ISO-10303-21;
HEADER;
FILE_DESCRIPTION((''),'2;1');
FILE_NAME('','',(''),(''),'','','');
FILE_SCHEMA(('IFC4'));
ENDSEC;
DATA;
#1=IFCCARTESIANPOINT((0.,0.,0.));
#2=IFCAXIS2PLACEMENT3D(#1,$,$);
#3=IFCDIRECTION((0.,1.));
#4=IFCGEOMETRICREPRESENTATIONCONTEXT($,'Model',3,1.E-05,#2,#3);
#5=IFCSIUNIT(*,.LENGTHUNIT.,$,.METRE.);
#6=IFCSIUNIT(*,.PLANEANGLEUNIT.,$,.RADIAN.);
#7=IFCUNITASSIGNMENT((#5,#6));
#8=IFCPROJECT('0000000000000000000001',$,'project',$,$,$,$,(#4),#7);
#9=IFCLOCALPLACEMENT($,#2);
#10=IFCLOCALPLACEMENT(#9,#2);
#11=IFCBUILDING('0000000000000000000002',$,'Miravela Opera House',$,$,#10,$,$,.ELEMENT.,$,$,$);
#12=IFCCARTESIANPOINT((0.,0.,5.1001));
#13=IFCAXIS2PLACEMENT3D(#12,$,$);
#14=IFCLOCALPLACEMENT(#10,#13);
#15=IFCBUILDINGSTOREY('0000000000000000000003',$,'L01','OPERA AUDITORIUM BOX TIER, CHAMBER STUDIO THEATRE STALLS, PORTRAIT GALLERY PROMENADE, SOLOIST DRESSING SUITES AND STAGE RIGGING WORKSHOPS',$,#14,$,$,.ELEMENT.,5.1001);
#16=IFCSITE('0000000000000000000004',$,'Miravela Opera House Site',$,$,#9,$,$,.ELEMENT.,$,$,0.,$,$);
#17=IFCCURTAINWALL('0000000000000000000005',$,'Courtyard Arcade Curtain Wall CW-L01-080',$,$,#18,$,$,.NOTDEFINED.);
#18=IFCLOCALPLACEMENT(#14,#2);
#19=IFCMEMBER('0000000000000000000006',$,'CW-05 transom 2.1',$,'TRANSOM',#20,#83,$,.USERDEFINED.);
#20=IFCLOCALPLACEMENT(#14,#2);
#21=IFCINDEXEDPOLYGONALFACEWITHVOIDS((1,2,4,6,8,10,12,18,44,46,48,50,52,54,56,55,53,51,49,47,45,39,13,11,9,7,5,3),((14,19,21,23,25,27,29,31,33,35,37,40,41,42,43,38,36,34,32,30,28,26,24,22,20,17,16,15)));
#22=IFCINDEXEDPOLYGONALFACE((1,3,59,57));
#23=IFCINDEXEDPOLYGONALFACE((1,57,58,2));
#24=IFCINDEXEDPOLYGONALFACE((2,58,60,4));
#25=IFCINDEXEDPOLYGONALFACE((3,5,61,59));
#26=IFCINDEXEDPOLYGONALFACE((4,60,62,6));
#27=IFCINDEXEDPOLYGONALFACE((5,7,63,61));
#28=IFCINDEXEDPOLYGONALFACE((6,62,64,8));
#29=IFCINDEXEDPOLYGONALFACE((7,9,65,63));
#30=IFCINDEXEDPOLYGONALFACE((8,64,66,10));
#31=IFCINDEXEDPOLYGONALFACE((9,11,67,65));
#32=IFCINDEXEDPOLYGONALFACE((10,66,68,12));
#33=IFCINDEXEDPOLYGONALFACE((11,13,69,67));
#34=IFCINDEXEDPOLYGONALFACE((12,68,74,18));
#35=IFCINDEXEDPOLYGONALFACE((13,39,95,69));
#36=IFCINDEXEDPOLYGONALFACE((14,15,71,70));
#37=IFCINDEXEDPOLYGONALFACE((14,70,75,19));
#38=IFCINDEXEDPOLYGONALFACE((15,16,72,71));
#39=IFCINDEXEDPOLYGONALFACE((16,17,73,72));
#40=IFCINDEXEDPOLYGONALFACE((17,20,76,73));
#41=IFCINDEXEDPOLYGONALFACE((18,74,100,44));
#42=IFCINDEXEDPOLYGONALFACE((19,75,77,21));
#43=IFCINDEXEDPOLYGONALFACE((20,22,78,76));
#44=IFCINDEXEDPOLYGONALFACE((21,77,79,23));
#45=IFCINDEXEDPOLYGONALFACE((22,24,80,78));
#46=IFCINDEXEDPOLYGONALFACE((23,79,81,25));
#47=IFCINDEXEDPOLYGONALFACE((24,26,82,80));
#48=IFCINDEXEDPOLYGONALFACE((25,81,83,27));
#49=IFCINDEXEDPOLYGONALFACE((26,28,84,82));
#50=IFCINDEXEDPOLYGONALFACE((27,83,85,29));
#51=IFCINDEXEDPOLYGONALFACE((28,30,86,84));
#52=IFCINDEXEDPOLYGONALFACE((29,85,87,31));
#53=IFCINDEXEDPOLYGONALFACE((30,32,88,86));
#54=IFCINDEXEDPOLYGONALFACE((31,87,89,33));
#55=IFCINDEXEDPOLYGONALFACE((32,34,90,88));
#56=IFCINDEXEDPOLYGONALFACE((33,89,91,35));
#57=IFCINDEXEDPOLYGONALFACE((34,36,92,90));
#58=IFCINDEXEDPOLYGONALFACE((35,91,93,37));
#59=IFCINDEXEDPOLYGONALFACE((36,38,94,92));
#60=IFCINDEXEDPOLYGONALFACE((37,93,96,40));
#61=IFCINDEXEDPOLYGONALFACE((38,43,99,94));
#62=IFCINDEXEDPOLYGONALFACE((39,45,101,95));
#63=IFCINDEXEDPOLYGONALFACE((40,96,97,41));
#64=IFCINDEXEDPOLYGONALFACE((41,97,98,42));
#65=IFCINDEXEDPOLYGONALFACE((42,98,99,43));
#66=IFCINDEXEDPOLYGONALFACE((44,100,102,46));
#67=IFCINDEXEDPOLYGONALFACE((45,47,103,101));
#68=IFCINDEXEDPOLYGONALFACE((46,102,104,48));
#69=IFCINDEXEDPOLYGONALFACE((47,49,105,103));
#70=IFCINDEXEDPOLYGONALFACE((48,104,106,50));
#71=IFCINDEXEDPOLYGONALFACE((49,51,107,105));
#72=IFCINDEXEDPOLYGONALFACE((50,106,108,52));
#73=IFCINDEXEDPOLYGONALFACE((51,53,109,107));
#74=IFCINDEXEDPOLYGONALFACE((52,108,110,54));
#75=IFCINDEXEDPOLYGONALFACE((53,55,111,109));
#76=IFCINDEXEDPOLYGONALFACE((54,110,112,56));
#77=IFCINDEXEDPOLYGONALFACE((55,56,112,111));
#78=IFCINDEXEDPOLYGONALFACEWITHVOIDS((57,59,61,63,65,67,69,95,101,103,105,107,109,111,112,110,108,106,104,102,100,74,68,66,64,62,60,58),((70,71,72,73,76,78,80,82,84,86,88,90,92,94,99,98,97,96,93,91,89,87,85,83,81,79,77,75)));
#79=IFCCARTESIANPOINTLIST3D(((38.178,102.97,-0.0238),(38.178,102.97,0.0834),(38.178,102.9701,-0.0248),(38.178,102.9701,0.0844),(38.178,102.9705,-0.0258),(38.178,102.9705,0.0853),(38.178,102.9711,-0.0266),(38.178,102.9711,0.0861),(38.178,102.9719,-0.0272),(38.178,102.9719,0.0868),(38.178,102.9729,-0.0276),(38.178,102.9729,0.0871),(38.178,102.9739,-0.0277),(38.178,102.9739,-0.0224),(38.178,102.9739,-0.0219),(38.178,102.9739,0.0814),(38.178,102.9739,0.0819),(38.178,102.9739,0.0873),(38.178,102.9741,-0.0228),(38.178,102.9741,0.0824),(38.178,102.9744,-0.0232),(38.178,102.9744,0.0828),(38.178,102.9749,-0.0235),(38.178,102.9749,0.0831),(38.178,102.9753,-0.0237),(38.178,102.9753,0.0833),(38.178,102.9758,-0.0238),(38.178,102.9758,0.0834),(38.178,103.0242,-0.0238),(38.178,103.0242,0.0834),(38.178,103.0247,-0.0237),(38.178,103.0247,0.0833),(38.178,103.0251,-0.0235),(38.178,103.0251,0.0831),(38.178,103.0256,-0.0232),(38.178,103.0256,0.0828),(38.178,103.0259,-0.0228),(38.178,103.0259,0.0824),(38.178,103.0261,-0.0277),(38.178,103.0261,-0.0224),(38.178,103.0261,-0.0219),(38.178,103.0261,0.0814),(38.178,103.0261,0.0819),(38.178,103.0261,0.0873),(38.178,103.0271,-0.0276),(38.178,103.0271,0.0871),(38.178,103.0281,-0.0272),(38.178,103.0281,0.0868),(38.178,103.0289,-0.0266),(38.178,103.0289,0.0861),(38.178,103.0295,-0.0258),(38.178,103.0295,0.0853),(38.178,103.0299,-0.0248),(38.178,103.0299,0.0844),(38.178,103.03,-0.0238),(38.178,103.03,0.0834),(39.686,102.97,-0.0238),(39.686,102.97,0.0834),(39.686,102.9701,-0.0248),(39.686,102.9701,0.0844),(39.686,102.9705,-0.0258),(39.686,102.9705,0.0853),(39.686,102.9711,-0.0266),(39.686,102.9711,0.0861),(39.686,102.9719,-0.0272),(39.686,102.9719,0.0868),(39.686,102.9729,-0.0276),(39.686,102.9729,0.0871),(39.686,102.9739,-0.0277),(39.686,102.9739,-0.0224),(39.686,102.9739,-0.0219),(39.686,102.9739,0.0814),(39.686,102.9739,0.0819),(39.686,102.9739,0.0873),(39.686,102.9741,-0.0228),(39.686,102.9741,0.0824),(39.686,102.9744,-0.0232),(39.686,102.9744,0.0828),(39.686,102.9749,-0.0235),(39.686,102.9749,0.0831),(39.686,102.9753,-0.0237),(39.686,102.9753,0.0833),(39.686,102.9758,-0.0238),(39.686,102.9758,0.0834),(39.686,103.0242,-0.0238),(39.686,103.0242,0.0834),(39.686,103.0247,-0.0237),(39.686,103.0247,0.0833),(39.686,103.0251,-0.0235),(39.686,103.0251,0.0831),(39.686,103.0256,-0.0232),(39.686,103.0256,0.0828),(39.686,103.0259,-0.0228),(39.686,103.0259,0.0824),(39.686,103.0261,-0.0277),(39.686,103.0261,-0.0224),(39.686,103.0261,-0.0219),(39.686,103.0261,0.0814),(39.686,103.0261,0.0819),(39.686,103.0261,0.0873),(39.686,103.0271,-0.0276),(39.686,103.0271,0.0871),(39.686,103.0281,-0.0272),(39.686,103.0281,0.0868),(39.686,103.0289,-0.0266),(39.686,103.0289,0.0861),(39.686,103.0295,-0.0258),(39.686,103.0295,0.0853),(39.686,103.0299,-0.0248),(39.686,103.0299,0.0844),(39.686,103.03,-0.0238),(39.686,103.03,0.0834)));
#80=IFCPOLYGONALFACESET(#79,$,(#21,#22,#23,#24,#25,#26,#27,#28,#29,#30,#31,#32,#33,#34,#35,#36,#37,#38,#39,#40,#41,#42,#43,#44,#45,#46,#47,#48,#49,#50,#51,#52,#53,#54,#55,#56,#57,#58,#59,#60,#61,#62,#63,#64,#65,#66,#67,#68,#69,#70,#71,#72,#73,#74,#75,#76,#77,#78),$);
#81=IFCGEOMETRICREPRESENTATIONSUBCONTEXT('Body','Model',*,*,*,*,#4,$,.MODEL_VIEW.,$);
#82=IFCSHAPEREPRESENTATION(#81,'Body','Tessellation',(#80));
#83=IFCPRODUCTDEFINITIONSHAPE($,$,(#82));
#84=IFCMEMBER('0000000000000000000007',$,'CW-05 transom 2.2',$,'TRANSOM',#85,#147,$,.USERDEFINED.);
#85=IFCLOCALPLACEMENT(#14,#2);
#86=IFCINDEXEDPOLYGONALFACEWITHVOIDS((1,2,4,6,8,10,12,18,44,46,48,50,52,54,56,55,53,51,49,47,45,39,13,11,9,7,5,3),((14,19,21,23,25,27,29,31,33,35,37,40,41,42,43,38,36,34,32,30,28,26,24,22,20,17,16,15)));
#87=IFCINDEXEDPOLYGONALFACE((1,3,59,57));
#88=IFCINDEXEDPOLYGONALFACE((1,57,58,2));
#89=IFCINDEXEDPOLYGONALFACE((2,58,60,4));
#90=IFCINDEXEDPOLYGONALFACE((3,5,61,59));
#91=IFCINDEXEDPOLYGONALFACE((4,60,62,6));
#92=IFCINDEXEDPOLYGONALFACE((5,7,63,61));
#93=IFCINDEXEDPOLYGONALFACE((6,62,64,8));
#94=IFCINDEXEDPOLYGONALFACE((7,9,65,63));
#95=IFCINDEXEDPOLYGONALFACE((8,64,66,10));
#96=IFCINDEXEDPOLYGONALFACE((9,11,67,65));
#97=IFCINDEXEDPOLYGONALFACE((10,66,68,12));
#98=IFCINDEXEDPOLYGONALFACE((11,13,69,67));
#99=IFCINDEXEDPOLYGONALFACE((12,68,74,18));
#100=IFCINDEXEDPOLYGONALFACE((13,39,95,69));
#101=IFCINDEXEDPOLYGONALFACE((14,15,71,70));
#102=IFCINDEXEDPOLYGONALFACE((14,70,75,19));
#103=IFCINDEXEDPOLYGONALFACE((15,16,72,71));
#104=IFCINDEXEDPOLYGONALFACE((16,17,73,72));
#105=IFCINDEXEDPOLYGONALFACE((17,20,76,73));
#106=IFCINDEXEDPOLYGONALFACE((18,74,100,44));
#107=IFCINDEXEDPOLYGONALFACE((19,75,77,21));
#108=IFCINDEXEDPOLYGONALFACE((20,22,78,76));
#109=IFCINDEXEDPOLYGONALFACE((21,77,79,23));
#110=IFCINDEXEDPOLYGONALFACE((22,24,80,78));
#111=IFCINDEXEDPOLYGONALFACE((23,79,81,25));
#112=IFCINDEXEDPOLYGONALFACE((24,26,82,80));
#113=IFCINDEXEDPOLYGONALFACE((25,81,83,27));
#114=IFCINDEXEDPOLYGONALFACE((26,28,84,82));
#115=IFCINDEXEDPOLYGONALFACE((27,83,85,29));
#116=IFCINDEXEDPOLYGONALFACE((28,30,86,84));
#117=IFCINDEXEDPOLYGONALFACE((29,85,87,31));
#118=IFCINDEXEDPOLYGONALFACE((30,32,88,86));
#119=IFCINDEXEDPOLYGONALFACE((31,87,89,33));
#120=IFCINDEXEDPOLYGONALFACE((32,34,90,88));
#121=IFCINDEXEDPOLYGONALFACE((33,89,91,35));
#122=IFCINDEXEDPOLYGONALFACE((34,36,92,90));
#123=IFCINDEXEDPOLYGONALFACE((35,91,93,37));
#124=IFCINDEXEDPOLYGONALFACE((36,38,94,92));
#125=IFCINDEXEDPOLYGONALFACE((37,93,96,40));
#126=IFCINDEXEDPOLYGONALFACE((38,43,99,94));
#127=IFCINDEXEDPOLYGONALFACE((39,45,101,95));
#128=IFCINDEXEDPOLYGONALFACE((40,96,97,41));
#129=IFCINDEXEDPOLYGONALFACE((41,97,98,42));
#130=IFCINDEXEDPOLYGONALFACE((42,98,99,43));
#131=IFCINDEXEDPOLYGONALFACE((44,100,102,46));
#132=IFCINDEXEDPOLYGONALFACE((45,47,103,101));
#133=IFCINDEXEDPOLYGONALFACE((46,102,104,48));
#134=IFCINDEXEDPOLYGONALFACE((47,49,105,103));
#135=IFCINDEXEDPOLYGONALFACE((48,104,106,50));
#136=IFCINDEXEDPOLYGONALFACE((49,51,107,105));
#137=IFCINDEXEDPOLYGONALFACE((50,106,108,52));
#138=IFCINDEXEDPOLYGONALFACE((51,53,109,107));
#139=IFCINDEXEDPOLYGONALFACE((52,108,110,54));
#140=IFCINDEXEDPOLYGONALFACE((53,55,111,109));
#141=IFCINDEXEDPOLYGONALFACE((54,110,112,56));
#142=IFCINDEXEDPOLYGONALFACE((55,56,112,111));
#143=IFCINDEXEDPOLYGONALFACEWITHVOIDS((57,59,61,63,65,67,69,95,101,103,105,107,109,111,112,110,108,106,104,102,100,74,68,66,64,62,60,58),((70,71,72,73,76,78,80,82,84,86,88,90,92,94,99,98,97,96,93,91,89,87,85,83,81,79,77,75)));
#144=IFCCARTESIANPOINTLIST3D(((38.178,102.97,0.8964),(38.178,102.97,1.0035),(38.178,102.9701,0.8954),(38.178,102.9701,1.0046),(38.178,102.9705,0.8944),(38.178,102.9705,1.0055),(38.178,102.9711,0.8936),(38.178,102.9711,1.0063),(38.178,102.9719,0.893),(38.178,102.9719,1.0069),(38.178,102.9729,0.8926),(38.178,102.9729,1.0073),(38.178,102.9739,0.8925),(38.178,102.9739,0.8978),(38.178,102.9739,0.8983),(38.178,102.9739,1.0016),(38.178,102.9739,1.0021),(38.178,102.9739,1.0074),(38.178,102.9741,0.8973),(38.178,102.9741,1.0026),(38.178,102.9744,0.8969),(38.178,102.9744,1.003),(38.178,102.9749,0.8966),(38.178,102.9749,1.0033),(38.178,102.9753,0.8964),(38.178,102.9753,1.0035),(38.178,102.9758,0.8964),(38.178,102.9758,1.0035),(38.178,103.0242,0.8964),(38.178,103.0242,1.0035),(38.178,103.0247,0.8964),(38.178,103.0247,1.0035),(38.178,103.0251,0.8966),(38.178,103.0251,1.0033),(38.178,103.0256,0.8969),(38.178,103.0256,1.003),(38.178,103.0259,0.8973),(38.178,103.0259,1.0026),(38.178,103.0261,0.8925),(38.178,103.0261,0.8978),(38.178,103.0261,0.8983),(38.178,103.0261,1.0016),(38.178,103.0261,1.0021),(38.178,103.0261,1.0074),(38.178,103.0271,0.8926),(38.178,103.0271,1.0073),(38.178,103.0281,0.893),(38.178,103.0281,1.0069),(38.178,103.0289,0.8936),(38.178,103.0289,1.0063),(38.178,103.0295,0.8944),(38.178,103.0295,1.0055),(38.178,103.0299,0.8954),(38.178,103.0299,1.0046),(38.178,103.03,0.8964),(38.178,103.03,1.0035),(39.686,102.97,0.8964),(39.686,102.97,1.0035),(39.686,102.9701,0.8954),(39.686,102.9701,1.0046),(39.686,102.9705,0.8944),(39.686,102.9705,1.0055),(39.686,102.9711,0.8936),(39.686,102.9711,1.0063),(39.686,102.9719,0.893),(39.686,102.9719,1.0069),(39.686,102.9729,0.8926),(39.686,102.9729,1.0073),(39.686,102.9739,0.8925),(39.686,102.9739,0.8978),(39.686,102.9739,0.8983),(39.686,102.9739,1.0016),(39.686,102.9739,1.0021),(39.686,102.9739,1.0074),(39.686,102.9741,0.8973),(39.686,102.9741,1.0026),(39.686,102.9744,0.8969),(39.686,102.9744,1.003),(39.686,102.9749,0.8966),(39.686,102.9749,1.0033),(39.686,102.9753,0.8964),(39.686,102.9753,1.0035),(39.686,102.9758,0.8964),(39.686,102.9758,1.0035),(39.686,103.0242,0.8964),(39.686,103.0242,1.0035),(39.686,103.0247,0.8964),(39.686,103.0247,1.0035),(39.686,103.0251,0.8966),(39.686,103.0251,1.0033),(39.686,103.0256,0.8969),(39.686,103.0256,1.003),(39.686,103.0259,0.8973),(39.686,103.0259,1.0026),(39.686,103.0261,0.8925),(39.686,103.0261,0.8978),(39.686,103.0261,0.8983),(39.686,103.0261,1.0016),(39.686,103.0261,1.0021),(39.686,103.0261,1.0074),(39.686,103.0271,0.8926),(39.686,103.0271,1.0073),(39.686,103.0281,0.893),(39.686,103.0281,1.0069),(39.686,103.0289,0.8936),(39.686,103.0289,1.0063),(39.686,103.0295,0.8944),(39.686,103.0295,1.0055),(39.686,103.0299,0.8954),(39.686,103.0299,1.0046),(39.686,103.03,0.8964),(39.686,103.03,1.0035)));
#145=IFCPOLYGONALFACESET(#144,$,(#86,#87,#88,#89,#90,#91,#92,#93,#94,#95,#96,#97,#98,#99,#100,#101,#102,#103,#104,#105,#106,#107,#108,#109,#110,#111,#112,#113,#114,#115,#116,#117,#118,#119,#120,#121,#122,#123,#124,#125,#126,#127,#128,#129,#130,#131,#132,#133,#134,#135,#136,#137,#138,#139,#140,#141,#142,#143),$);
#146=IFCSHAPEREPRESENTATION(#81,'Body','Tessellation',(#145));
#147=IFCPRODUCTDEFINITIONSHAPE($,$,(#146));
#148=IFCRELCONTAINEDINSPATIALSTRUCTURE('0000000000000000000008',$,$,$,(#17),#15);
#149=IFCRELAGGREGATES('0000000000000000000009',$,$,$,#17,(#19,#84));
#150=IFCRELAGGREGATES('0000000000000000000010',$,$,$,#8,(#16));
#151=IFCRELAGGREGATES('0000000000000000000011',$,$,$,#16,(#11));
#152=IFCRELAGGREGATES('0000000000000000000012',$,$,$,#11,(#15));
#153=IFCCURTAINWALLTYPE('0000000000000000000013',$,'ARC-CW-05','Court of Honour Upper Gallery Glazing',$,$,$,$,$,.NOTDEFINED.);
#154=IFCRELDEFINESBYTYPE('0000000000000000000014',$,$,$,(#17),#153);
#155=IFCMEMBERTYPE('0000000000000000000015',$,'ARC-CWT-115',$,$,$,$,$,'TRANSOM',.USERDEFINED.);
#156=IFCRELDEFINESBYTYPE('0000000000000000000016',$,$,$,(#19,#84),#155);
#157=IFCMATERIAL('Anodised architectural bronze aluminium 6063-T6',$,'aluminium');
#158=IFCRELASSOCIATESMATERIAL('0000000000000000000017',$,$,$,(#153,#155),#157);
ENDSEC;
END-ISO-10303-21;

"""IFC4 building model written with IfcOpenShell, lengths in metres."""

from ifc_helpers import new_model, si_unit, direction, frame, origin, origin_2d, place, context, subcontext, project, spatial, hollow_rectangle, extrude, material, material_profile, profile_set, type_object, element, aggregate, save


model = new_model("IFC4")

# Units and contexts
model_context = context("Model", 3, precision=1e-05, world=origin(), true_north=direction((0.0, 1.0)))
body_context = subcontext(model_context, "Body", "Model", "MODEL_VIEW")
ifc_project = project(units=[si_unit("LENGTHUNIT", "METRE"), si_unit("PLANEANGLEUNIT", "RADIAN")], contexts=[model_context])

# Site, building, storey
site_placement = place(None, origin())
site = spatial("IfcSite", under=ifc_project, at=site_placement, Name="Miravela Opera House Site", CompositionType="ELEMENT", RefElevation=0.0)
building_placement = place(site_placement, origin())
building = spatial("IfcBuilding", under=site, at=building_placement, Name="Miravela Opera House", CompositionType="ELEMENT")
storey_placement = place(building_placement, frame((0.0, 0.0, 5.1001)))
storey = spatial("IfcBuildingStorey", under=building, at=storey_placement, Name="L01", Description="OPERA AUDITORIUM BOX TIER, CHAMBER STUDIO THEATRE STALLS, PORTRAIT GALLERY PROMENADE, SOLOIST DRESSING SUITES AND STAGE RIGGING WORKSHOPS", CompositionType="ELEMENT", Elevation=5.1001)

# Curtain wall, members
ifc_material_1 = material(Name="Anodised architectural bronze aluminium 6063-T6", Category="aluminium")
curtain_wall_type = type_object("IfcCurtainWallType", Name="ARC-CW-05", Description="Court of Honour Upper Gallery Glazing", PredefinedType="NOTDEFINED", material=ifc_material_1)
curtain_wall_placement = place(storey_placement, origin())
curtain_wall = element("IfcCurtainWall", 1, at=curtain_wall_placement, inside=storey, type_object=curtain_wall_type, Name="Courtyard Arcade Curtain Wall CW-L01-080", PredefinedType="NOTDEFINED")
ifc_material_profile_1 = material_profile(ifc_material_1, hollow_rectangle(XDim=0.0601, YDim=0.115, WallThickness=0.0039, InnerFilletRadius=0.002, OuterFilletRadius=0.0039, at=origin_2d()), Name="CWT-60X115")
ifc_profile_set_1 = profile_set([ifc_material_profile_1])
member_type_1 = type_object("IfcMemberType", Name="ARC-CWT-115", ElementType="TRANSOM", PredefinedType="USERDEFINED", material=ifc_profile_set_1)
member_1_placement = place(storey_placement, frame((38.178, 103.0, 0.0298), z_axis=(1.0, 0.0, 0.0), x_axis=(0.0, 1.0, 0.0)))
member_1 = element("IfcMember", 2, at=member_1_placement, type_object=member_type_1, Name="CW-05 transom 2.1", ObjectType="TRANSOM", PredefinedType="USERDEFINED", context=body_context, shape_type="SweptSolid", body=[
    extrude(hollow_rectangle(XDim=0.0601, YDim=0.115, WallThickness=0.0039, InnerFilletRadius=0.002, OuterFilletRadius=0.0039, at=origin_2d()), origin(), (0.0, 0.0, 1.0), 1.5081),
])
member_2_placement = place(storey_placement, frame((38.178, 103.0, 0.95), z_axis=(1.0, 0.0, 0.0), x_axis=(0.0, 1.0, 0.0)))
member_2 = element("IfcMember", 3, at=member_2_placement, type_object=member_type_1, Name="CW-05 transom 2.2", ObjectType="TRANSOM", PredefinedType="USERDEFINED", context=body_context, shape_type="SweptSolid", body=[
    extrude(hollow_rectangle(XDim=0.0601, YDim=0.115, WallThickness=0.0039, InnerFilletRadius=0.002, OuterFilletRadius=0.0039, at=origin_2d()), origin(), (0.0, 0.0, 1.0), 1.5081),
])

aggregate(curtain_wall, [member_1, member_2])

save(model, "model.ifc")
